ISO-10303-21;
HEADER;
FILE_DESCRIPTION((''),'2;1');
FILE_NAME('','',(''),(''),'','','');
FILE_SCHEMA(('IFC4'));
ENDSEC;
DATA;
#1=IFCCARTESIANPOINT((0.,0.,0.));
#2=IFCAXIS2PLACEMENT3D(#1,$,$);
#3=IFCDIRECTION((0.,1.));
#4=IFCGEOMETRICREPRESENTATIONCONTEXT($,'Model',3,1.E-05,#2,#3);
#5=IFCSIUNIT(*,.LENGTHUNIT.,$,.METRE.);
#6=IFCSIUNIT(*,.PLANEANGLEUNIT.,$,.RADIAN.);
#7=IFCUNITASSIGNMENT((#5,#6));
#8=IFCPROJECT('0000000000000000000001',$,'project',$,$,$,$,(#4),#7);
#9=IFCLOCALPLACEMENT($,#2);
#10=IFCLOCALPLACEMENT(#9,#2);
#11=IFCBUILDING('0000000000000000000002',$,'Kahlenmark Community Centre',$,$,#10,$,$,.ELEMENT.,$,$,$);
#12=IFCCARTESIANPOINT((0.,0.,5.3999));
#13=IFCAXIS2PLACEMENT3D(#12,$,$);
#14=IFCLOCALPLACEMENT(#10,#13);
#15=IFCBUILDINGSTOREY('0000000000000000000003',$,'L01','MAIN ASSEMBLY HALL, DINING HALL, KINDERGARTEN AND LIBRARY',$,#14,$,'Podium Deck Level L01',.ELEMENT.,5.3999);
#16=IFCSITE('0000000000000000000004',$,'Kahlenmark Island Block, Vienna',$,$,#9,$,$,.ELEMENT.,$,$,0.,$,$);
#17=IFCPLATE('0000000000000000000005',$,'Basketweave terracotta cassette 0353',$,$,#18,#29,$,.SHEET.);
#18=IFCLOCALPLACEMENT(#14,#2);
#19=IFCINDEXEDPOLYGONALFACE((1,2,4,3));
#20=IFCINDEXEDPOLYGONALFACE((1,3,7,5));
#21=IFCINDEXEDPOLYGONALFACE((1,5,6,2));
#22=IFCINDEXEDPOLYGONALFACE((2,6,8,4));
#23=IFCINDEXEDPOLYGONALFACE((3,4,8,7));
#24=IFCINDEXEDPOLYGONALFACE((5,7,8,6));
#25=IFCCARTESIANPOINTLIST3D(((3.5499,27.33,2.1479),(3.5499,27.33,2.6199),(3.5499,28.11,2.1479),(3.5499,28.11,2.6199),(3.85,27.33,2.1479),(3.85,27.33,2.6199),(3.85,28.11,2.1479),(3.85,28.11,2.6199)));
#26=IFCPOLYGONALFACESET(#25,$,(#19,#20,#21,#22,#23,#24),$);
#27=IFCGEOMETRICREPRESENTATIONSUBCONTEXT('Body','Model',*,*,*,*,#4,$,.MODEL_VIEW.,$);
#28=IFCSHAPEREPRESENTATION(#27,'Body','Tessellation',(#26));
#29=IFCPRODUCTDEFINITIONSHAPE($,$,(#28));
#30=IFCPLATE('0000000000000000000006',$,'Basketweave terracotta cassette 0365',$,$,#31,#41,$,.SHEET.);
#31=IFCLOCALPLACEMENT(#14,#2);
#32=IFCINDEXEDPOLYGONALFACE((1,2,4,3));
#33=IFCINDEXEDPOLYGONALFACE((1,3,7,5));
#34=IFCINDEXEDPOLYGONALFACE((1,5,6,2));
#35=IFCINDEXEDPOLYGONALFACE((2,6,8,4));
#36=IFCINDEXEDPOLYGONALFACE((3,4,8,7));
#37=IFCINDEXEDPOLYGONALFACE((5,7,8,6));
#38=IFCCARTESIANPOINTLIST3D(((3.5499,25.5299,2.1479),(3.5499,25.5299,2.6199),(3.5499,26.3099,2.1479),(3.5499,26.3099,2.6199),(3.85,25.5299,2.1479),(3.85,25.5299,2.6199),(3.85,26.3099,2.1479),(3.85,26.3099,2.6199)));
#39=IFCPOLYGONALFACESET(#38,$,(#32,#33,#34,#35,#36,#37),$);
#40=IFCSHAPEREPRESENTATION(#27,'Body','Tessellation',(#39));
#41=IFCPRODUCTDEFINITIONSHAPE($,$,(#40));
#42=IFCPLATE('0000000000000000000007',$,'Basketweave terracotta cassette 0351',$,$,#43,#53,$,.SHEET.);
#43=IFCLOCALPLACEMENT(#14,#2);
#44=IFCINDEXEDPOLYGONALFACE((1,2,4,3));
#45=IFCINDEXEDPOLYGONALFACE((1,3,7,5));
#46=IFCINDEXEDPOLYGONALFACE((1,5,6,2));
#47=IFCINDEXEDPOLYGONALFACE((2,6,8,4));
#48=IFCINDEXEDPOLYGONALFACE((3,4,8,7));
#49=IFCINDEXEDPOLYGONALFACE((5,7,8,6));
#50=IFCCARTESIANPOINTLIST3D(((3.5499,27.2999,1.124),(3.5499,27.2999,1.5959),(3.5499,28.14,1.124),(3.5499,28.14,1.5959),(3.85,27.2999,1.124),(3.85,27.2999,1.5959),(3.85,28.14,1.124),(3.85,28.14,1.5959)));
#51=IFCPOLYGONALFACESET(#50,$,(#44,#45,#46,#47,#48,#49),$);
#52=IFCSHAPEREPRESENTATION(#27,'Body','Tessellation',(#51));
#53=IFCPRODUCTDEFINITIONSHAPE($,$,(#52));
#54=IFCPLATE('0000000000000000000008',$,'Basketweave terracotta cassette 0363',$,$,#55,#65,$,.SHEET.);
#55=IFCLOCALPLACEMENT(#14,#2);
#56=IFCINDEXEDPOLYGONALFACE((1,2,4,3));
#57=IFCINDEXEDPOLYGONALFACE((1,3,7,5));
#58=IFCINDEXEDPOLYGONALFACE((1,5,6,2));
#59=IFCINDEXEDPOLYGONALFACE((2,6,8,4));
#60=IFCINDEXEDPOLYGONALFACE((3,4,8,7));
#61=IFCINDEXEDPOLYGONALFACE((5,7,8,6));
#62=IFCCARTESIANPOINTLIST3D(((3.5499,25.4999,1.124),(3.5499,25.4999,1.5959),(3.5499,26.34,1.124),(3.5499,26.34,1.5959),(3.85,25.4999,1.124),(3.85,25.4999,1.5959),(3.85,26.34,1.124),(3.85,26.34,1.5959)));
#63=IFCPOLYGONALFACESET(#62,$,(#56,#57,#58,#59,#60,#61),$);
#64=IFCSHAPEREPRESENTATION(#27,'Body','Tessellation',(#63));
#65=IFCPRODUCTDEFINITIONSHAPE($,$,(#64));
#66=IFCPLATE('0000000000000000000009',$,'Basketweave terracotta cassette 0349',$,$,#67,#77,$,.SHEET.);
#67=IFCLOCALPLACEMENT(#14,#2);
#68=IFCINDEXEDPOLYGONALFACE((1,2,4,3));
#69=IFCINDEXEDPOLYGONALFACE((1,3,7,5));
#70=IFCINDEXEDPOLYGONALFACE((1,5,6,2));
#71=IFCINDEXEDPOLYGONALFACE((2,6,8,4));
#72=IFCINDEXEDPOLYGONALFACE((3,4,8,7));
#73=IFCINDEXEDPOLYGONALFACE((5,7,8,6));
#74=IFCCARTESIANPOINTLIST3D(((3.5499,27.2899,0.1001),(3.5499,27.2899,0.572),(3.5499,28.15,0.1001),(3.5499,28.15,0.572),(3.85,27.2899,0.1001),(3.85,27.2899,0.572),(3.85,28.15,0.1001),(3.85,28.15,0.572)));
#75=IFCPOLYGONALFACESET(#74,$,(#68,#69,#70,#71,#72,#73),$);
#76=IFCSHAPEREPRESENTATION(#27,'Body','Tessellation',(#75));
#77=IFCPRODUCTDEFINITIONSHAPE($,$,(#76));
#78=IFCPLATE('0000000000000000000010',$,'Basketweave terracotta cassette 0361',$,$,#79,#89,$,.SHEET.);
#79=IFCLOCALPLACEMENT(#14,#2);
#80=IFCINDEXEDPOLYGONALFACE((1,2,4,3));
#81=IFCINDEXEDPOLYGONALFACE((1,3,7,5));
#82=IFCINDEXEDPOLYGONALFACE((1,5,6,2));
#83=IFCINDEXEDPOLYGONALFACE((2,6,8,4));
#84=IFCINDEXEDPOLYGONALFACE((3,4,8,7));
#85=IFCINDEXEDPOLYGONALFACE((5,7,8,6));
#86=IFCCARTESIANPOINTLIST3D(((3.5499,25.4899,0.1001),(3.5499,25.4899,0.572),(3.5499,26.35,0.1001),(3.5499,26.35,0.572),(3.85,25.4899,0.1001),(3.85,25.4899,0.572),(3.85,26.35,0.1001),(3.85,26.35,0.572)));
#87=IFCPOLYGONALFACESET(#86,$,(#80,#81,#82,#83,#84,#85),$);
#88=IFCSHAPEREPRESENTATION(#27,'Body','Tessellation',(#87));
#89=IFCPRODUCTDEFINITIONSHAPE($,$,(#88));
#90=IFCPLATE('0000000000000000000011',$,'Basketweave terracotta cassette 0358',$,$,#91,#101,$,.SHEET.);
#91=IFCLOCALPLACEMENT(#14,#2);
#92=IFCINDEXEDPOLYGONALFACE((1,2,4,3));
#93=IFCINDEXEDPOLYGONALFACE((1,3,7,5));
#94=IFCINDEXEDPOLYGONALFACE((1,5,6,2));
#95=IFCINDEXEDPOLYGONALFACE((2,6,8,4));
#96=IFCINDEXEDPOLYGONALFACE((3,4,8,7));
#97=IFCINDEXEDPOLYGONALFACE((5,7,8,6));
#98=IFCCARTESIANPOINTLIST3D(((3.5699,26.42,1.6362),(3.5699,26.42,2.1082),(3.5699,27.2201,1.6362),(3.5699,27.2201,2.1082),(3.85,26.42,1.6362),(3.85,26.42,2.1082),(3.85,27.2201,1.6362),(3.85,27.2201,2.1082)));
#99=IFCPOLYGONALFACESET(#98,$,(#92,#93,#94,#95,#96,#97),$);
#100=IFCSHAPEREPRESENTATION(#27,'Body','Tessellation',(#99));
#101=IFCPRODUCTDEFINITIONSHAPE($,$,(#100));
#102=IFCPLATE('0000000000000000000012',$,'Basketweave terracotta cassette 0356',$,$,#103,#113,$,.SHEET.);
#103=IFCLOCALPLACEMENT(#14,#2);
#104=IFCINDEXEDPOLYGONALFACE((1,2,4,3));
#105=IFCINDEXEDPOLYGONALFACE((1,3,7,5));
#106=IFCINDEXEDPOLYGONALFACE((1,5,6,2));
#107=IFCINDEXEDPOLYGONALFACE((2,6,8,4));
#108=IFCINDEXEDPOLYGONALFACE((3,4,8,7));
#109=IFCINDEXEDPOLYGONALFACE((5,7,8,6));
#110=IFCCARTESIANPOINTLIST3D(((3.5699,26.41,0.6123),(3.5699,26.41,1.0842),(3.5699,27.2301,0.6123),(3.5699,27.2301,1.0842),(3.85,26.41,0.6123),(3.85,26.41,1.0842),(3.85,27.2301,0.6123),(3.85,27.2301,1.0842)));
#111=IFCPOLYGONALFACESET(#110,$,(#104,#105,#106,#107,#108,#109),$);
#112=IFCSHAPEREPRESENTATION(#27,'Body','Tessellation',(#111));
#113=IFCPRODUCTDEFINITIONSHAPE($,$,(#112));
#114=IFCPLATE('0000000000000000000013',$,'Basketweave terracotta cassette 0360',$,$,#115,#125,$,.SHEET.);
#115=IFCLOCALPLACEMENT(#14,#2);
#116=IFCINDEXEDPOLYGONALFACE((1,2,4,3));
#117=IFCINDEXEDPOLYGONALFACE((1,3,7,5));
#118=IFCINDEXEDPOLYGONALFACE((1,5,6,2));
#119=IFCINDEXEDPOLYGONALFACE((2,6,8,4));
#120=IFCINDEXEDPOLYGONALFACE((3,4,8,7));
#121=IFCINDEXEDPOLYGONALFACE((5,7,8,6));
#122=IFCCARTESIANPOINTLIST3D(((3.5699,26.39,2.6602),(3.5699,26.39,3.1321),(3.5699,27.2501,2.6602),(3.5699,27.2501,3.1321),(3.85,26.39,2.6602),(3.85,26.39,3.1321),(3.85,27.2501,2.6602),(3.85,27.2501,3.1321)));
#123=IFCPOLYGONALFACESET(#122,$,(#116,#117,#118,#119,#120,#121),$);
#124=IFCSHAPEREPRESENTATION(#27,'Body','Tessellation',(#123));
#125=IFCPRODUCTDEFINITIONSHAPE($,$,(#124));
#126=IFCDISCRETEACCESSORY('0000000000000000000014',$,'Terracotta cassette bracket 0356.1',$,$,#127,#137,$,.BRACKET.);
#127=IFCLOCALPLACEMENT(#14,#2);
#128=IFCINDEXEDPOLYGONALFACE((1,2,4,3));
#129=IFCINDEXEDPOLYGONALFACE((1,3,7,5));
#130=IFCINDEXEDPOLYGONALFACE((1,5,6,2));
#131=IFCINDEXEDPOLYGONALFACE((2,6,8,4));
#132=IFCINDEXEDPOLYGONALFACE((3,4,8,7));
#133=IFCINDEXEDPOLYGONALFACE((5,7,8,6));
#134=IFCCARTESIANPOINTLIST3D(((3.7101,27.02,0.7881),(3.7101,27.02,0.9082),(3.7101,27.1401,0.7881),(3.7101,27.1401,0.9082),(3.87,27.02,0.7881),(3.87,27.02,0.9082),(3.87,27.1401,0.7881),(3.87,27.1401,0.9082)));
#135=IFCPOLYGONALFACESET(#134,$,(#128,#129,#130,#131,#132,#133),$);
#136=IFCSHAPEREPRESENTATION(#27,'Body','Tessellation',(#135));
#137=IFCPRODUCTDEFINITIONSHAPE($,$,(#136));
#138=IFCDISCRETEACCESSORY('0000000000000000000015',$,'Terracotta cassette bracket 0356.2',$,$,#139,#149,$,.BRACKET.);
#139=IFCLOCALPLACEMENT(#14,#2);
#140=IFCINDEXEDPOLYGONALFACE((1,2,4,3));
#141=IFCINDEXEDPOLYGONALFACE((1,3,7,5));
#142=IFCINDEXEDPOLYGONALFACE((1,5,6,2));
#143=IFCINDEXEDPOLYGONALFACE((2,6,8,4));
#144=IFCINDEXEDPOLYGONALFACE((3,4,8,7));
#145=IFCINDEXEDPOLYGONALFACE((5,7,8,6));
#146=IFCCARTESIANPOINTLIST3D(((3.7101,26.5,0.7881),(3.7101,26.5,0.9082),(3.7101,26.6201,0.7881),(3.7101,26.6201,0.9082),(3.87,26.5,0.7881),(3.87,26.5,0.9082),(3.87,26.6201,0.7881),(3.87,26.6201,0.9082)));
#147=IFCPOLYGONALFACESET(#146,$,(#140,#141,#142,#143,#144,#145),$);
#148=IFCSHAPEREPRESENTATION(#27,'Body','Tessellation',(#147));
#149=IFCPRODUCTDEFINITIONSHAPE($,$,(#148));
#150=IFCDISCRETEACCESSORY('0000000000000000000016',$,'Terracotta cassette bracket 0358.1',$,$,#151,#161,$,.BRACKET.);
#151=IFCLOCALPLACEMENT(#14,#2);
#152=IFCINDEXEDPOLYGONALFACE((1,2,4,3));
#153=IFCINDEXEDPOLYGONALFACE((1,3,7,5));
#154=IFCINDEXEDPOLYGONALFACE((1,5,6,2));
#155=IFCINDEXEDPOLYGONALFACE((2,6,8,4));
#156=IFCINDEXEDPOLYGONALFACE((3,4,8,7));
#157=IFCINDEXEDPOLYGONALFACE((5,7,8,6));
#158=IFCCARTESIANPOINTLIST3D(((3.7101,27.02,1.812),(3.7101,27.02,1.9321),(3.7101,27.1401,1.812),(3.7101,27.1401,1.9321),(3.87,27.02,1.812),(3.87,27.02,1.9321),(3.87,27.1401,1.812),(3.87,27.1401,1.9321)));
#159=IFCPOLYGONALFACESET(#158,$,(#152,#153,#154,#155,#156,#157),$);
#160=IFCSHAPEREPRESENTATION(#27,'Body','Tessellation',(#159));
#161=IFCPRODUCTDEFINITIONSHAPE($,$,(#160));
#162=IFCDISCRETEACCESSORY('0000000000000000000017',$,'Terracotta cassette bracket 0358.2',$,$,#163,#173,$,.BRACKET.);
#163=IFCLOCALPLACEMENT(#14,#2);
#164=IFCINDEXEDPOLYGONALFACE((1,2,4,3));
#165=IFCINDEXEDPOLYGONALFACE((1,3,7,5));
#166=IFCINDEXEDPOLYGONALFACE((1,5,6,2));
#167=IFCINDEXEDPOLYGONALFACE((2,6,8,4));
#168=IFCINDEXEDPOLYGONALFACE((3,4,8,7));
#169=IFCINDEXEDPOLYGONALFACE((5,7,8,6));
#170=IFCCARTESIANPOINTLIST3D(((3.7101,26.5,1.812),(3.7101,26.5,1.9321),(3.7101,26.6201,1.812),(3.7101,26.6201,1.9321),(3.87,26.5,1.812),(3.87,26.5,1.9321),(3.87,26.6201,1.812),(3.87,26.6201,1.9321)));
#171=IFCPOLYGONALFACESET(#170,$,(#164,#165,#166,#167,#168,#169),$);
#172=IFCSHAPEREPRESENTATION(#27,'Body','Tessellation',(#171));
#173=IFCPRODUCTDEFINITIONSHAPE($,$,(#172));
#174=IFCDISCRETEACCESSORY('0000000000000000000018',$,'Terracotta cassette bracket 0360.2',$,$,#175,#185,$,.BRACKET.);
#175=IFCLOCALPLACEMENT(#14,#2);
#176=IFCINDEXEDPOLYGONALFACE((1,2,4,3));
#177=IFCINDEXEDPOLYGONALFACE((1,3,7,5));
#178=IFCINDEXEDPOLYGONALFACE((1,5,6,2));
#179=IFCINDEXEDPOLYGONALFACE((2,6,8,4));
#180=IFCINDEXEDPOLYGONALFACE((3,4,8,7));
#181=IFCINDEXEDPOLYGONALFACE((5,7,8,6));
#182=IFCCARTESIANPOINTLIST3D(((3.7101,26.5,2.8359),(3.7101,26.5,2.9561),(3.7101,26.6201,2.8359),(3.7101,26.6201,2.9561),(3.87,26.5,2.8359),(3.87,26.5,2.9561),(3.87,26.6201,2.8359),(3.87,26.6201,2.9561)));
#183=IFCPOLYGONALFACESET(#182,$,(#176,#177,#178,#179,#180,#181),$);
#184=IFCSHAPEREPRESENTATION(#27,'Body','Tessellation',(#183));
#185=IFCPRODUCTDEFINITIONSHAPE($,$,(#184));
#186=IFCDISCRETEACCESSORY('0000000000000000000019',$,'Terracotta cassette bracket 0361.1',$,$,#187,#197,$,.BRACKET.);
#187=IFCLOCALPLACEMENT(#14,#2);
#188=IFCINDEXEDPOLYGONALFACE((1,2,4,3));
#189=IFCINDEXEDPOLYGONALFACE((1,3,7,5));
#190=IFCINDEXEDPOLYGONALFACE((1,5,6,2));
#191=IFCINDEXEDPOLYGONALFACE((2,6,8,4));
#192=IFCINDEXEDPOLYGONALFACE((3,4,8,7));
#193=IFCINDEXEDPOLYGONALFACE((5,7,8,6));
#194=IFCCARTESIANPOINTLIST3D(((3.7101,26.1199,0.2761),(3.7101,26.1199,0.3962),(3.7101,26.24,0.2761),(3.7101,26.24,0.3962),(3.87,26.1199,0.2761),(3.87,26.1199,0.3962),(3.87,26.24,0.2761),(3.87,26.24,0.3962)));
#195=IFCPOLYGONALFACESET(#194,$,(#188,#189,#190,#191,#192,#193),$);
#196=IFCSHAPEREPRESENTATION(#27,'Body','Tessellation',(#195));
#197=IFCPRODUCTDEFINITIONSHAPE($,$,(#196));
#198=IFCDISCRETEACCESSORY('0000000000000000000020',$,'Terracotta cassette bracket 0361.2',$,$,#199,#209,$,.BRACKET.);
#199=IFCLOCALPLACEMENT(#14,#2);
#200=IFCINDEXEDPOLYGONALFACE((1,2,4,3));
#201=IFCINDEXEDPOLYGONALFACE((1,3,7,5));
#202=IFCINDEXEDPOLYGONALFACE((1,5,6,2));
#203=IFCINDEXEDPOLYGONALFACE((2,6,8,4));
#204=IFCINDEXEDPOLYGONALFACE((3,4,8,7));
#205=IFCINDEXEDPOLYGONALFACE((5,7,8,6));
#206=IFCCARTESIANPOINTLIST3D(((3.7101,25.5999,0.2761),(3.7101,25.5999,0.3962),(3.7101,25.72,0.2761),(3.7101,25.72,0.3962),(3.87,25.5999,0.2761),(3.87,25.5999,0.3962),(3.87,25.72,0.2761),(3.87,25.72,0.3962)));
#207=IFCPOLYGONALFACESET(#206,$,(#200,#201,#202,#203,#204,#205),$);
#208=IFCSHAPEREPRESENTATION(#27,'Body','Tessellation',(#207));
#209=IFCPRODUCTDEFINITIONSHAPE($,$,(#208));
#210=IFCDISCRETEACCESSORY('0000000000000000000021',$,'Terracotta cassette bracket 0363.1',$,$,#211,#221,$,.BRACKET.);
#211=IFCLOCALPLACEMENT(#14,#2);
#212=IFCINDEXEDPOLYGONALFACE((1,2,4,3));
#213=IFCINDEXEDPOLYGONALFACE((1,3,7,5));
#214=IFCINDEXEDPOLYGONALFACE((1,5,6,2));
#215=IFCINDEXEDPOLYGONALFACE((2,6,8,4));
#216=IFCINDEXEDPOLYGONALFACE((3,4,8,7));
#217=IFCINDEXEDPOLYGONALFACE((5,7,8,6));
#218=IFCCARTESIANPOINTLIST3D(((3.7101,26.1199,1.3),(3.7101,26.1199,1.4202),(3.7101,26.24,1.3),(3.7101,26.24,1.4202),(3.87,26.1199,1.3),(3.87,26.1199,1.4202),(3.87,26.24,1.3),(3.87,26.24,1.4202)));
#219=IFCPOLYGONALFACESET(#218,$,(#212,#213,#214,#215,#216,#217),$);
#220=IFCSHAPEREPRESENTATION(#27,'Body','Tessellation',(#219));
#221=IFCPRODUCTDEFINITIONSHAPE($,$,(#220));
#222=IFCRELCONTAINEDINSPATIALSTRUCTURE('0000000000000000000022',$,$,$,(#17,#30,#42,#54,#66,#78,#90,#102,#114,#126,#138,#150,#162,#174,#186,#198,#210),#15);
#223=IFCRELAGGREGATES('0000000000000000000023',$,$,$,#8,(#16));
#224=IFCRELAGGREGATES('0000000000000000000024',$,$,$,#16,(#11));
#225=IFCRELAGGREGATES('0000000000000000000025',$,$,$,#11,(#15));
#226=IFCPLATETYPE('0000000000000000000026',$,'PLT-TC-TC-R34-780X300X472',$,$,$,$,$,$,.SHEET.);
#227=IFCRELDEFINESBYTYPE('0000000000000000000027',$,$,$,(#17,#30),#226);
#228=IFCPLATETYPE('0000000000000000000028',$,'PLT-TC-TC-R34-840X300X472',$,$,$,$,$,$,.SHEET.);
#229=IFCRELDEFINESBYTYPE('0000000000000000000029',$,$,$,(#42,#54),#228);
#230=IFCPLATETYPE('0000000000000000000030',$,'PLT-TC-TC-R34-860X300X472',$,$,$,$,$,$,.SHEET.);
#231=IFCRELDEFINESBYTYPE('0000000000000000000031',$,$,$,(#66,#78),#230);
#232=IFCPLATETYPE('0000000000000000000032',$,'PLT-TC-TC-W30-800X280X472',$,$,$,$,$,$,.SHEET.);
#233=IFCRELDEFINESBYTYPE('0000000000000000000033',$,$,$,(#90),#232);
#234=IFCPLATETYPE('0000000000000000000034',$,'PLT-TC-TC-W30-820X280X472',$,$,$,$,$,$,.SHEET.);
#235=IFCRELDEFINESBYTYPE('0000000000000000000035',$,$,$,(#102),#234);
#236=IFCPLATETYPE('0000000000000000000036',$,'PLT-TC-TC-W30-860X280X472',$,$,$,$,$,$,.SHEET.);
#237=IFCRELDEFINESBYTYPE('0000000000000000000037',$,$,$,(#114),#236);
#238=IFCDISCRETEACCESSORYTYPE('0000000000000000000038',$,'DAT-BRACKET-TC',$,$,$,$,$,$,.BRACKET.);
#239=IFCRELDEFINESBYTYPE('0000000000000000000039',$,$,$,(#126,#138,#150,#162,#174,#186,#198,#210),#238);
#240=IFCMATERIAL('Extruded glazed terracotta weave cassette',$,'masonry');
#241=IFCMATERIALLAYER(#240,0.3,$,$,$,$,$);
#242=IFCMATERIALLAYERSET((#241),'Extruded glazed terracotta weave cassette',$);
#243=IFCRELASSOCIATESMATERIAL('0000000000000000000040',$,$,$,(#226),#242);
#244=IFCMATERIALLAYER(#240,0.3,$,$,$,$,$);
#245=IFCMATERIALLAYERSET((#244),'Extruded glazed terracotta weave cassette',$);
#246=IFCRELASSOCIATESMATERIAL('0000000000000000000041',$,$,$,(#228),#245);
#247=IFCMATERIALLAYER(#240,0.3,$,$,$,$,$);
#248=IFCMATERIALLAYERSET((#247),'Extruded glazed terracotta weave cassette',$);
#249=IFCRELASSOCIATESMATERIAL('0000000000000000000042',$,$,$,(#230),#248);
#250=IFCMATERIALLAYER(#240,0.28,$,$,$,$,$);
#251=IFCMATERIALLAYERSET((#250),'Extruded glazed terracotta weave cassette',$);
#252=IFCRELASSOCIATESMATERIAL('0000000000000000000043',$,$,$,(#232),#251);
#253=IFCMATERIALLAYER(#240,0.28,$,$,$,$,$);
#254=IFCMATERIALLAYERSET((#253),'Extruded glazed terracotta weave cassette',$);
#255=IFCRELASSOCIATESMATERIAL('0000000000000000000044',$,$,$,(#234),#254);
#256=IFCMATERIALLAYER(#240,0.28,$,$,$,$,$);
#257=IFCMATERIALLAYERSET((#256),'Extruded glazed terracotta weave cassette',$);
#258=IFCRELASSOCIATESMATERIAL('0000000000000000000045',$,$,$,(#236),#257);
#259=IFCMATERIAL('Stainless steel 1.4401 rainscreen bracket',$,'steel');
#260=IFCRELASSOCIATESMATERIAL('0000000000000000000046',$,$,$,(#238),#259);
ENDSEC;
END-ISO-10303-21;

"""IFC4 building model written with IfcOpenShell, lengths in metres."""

from ifc_helpers import new_model, si_unit, direction, frame, origin, origin_2d, place, context, subcontext, project, spatial, rectangle, extrude, material, layer, layer_set, type_object, element, save


model = new_model("IFC4")

# Units and contexts
model_context = context("Model", 3, precision=1e-05, world=origin(), true_north=direction((0.0, 1.0)))
body_context = subcontext(model_context, "Body", "Model", "MODEL_VIEW")
ifc_project = project(units=[si_unit("LENGTHUNIT", "METRE"), si_unit("PLANEANGLEUNIT", "RADIAN")], contexts=[model_context])

# Site, building, storey
site_placement = place(None, origin())
site = spatial("IfcSite", under=ifc_project, at=site_placement, Name="Kahlenmark Island Block, Vienna", CompositionType="ELEMENT", RefElevation=0.0)
building_placement = place(site_placement, origin())
building = spatial("IfcBuilding", under=site, at=building_placement, Name="Kahlenmark Community Centre", CompositionType="ELEMENT")
storey_placement = place(building_placement, frame((0.0, 0.0, 5.3999)))
storey = spatial("IfcBuildingStorey", under=building, at=storey_placement, Name="L01", Description="MAIN ASSEMBLY HALL, DINING HALL, KINDERGARTEN AND LIBRARY", LongName="Podium Deck Level L01", CompositionType="ELEMENT", Elevation=5.3999)

# Plates
ifc_material_1 = material(Name="Extruded glazed terracotta weave cassette", Category="masonry")
ifc_layer_1 = layer(ifc_material_1, 0.3)
ifc_layer_set_1 = layer_set([ifc_layer_1], Name="Extruded glazed terracotta weave cassette")
plate_type_1 = type_object("IfcPlateType", Name="PLT-TC-TC-R34-780X300X472", PredefinedType="SHEET", material=ifc_layer_set_1)
for number, where, z_axis, x_axis, name in (
    (1, (3.7, 27.72, 2.1479), (0.0, 0.0, 1.0), (0.0, -1.0, 0.0), "Basketweave terracotta cassette 0353"),
    (2, (3.7, 25.9199, 2.1479), (0.0, 0.0, 1.0), (0.0, -1.0, 0.0), "Basketweave terracotta cassette 0365"),
):
    element("IfcPlate", number, at=place(storey_placement, frame(where, z_axis=z_axis, x_axis=x_axis)), inside=storey, type_object=plate_type_1, Name=name, PredefinedType="SHEET", context=body_context, shape_type="SweptSolid", body=[
        extrude(rectangle(XDim=0.78, YDim=0.3, at=origin_2d()), origin(), (0.0, 0.0, 1.0), 0.4719),
    ])
ifc_layer_2 = layer(ifc_material_1, 0.3)
ifc_layer_set_2 = layer_set([ifc_layer_2], Name="Extruded glazed terracotta weave cassette")
plate_type_2 = type_object("IfcPlateType", Name="PLT-TC-TC-R34-840X300X472", PredefinedType="SHEET", material=ifc_layer_set_2)
for number, where, z_axis, x_axis, name in (
    (3, (3.7, 27.72, 1.124), (0.0, 0.0, 1.0), (0.0, -1.0, 0.0), "Basketweave terracotta cassette 0351"),
    (4, (3.7, 25.9199, 1.124), (0.0, 0.0, 1.0), (0.0, -1.0, 0.0), "Basketweave terracotta cassette 0363"),
):
    element("IfcPlate", number, at=place(storey_placement, frame(where, z_axis=z_axis, x_axis=x_axis)), inside=storey, type_object=plate_type_2, Name=name, PredefinedType="SHEET", context=body_context, shape_type="SweptSolid", body=[
        extrude(rectangle(XDim=0.8401, YDim=0.3, at=origin_2d()), origin(), (0.0, 0.0, 1.0), 0.4719),
    ])
ifc_layer_3 = layer(ifc_material_1, 0.3)
ifc_layer_set_3 = layer_set([ifc_layer_3], Name="Extruded glazed terracotta weave cassette")
plate_type_3 = type_object("IfcPlateType", Name="PLT-TC-TC-R34-860X300X472", PredefinedType="SHEET", material=ifc_layer_set_3)
for number, where, z_axis, x_axis, name in (
    (5, (3.7, 27.72, 0.1001), (0.0, 0.0, 1.0), (0.0, -1.0, 0.0), "Basketweave terracotta cassette 0349"),
    (6, (3.7, 25.9199, 0.1001), (0.0, 0.0, 1.0), (0.0, -1.0, 0.0), "Basketweave terracotta cassette 0361"),
):
    element("IfcPlate", number, at=place(storey_placement, frame(where, z_axis=z_axis, x_axis=x_axis)), inside=storey, type_object=plate_type_3, Name=name, PredefinedType="SHEET", context=body_context, shape_type="SweptSolid", body=[
        extrude(rectangle(XDim=0.8601, YDim=0.3, at=origin_2d()), origin(), (0.0, 0.0, 1.0), 0.4719),
    ])
ifc_layer_4 = layer(ifc_material_1, 0.28)
ifc_layer_set_4 = layer_set([ifc_layer_4], Name="Extruded glazed terracotta weave cassette")
plate_type_4 = type_object("IfcPlateType", Name="PLT-TC-TC-W30-800X280X472", PredefinedType="SHEET", material=ifc_layer_set_4)
plate_1_placement = place(storey_placement, frame((3.71, 26.8201, 1.6362), z_axis=(0.0, 0.0, 1.0), x_axis=(0.0, -1.0, 0.0)))
element("IfcPlate", 7, at=plate_1_placement, inside=storey, type_object=plate_type_4, Name="Basketweave terracotta cassette 0358", PredefinedType="SHEET", context=body_context, shape_type="SweptSolid", body=[
    extrude(rectangle(XDim=0.8, YDim=0.28, at=origin_2d()), origin(), (0.0, 0.0, 1.0), 0.4719),
])
ifc_layer_5 = layer(ifc_material_1, 0.28)
ifc_layer_set_5 = layer_set([ifc_layer_5], Name="Extruded glazed terracotta weave cassette")
plate_type_5 = type_object("IfcPlateType", Name="PLT-TC-TC-W30-820X280X472", PredefinedType="SHEET", material=ifc_layer_set_5)
plate_2_placement = place(storey_placement, frame((3.71, 26.8201, 0.6123), z_axis=(0.0, 0.0, 1.0), x_axis=(0.0, -1.0, 0.0)))
element("IfcPlate", 8, at=plate_2_placement, inside=storey, type_object=plate_type_5, Name="Basketweave terracotta cassette 0356", PredefinedType="SHEET", context=body_context, shape_type="SweptSolid", body=[
    extrude(rectangle(XDim=0.8201, YDim=0.28, at=origin_2d()), origin(), (0.0, 0.0, 1.0), 0.4719),
])
ifc_layer_6 = layer(ifc_material_1, 0.28)
ifc_layer_set_6 = layer_set([ifc_layer_6], Name="Extruded glazed terracotta weave cassette")
plate_type_6 = type_object("IfcPlateType", Name="PLT-TC-TC-W30-860X280X472", PredefinedType="SHEET", material=ifc_layer_set_6)
plate_3_placement = place(storey_placement, frame((3.71, 26.8201, 2.6602), z_axis=(0.0, 0.0, 1.0), x_axis=(0.0, -1.0, 0.0)))
element("IfcPlate", 9, at=plate_3_placement, inside=storey, type_object=plate_type_6, Name="Basketweave terracotta cassette 0360", PredefinedType="SHEET", context=body_context, shape_type="SweptSolid", body=[
    extrude(rectangle(XDim=0.8601, YDim=0.28, at=origin_2d()), origin(), (0.0, 0.0, 1.0), 0.4719),
])

# Discrete accessories
ifc_material_2 = material(Name="Stainless steel 1.4401 rainscreen bracket", Category="steel")
discrete_accessory_type = type_object("IfcDiscreteAccessoryType", Name="DAT-BRACKET-TC", PredefinedType="BRACKET", material=ifc_material_2)
for number, where, z_axis, x_axis, name in (
    (10, (3.79, 27.0801, 0.7881), (0.0, 0.0, 1.0), (0.0, -1.0, 0.0), "Terracotta cassette bracket 0356.1"),
    (11, (3.79, 26.5601, 0.7881), (0.0, 0.0, 1.0), (0.0, -1.0, 0.0), "Terracotta cassette bracket 0356.2"),
    (12, (3.79, 27.0801, 1.812), (0.0, 0.0, 1.0), (0.0, -1.0, 0.0), "Terracotta cassette bracket 0358.1"),
    (13, (3.79, 26.5601, 1.812), (0.0, 0.0, 1.0), (0.0, -1.0, 0.0), "Terracotta cassette bracket 0358.2"),
    (14, (3.79, 26.5601, 2.8359), (0.0, 0.0, 1.0), (0.0, -1.0, 0.0), "Terracotta cassette bracket 0360.2"),
    (15, (3.79, 26.1799, 0.2761), (0.0, 0.0, 1.0), (0.0, -1.0, 0.0), "Terracotta cassette bracket 0361.1"),
    (16, (3.79, 25.6599, 0.2761), (0.0, 0.0, 1.0), (0.0, -1.0, 0.0), "Terracotta cassette bracket 0361.2"),
    (17, (3.79, 26.1799, 1.3), (0.0, 0.0, 1.0), (0.0, -1.0, 0.0), "Terracotta cassette bracket 0363.1"),
):
    element("IfcDiscreteAccessory", number, at=place(storey_placement, frame(where, z_axis=z_axis, x_axis=x_axis)), inside=storey, type_object=discrete_accessory_type, Name=name, PredefinedType="BRACKET", context=body_context, shape_type="SweptSolid", body=[
        extrude(rectangle(XDim=0.1201, YDim=0.1599, at=origin_2d()), origin(), (0.0, 0.0, 1.0), 0.1201),
    ])

save(model, "model.ifc")
